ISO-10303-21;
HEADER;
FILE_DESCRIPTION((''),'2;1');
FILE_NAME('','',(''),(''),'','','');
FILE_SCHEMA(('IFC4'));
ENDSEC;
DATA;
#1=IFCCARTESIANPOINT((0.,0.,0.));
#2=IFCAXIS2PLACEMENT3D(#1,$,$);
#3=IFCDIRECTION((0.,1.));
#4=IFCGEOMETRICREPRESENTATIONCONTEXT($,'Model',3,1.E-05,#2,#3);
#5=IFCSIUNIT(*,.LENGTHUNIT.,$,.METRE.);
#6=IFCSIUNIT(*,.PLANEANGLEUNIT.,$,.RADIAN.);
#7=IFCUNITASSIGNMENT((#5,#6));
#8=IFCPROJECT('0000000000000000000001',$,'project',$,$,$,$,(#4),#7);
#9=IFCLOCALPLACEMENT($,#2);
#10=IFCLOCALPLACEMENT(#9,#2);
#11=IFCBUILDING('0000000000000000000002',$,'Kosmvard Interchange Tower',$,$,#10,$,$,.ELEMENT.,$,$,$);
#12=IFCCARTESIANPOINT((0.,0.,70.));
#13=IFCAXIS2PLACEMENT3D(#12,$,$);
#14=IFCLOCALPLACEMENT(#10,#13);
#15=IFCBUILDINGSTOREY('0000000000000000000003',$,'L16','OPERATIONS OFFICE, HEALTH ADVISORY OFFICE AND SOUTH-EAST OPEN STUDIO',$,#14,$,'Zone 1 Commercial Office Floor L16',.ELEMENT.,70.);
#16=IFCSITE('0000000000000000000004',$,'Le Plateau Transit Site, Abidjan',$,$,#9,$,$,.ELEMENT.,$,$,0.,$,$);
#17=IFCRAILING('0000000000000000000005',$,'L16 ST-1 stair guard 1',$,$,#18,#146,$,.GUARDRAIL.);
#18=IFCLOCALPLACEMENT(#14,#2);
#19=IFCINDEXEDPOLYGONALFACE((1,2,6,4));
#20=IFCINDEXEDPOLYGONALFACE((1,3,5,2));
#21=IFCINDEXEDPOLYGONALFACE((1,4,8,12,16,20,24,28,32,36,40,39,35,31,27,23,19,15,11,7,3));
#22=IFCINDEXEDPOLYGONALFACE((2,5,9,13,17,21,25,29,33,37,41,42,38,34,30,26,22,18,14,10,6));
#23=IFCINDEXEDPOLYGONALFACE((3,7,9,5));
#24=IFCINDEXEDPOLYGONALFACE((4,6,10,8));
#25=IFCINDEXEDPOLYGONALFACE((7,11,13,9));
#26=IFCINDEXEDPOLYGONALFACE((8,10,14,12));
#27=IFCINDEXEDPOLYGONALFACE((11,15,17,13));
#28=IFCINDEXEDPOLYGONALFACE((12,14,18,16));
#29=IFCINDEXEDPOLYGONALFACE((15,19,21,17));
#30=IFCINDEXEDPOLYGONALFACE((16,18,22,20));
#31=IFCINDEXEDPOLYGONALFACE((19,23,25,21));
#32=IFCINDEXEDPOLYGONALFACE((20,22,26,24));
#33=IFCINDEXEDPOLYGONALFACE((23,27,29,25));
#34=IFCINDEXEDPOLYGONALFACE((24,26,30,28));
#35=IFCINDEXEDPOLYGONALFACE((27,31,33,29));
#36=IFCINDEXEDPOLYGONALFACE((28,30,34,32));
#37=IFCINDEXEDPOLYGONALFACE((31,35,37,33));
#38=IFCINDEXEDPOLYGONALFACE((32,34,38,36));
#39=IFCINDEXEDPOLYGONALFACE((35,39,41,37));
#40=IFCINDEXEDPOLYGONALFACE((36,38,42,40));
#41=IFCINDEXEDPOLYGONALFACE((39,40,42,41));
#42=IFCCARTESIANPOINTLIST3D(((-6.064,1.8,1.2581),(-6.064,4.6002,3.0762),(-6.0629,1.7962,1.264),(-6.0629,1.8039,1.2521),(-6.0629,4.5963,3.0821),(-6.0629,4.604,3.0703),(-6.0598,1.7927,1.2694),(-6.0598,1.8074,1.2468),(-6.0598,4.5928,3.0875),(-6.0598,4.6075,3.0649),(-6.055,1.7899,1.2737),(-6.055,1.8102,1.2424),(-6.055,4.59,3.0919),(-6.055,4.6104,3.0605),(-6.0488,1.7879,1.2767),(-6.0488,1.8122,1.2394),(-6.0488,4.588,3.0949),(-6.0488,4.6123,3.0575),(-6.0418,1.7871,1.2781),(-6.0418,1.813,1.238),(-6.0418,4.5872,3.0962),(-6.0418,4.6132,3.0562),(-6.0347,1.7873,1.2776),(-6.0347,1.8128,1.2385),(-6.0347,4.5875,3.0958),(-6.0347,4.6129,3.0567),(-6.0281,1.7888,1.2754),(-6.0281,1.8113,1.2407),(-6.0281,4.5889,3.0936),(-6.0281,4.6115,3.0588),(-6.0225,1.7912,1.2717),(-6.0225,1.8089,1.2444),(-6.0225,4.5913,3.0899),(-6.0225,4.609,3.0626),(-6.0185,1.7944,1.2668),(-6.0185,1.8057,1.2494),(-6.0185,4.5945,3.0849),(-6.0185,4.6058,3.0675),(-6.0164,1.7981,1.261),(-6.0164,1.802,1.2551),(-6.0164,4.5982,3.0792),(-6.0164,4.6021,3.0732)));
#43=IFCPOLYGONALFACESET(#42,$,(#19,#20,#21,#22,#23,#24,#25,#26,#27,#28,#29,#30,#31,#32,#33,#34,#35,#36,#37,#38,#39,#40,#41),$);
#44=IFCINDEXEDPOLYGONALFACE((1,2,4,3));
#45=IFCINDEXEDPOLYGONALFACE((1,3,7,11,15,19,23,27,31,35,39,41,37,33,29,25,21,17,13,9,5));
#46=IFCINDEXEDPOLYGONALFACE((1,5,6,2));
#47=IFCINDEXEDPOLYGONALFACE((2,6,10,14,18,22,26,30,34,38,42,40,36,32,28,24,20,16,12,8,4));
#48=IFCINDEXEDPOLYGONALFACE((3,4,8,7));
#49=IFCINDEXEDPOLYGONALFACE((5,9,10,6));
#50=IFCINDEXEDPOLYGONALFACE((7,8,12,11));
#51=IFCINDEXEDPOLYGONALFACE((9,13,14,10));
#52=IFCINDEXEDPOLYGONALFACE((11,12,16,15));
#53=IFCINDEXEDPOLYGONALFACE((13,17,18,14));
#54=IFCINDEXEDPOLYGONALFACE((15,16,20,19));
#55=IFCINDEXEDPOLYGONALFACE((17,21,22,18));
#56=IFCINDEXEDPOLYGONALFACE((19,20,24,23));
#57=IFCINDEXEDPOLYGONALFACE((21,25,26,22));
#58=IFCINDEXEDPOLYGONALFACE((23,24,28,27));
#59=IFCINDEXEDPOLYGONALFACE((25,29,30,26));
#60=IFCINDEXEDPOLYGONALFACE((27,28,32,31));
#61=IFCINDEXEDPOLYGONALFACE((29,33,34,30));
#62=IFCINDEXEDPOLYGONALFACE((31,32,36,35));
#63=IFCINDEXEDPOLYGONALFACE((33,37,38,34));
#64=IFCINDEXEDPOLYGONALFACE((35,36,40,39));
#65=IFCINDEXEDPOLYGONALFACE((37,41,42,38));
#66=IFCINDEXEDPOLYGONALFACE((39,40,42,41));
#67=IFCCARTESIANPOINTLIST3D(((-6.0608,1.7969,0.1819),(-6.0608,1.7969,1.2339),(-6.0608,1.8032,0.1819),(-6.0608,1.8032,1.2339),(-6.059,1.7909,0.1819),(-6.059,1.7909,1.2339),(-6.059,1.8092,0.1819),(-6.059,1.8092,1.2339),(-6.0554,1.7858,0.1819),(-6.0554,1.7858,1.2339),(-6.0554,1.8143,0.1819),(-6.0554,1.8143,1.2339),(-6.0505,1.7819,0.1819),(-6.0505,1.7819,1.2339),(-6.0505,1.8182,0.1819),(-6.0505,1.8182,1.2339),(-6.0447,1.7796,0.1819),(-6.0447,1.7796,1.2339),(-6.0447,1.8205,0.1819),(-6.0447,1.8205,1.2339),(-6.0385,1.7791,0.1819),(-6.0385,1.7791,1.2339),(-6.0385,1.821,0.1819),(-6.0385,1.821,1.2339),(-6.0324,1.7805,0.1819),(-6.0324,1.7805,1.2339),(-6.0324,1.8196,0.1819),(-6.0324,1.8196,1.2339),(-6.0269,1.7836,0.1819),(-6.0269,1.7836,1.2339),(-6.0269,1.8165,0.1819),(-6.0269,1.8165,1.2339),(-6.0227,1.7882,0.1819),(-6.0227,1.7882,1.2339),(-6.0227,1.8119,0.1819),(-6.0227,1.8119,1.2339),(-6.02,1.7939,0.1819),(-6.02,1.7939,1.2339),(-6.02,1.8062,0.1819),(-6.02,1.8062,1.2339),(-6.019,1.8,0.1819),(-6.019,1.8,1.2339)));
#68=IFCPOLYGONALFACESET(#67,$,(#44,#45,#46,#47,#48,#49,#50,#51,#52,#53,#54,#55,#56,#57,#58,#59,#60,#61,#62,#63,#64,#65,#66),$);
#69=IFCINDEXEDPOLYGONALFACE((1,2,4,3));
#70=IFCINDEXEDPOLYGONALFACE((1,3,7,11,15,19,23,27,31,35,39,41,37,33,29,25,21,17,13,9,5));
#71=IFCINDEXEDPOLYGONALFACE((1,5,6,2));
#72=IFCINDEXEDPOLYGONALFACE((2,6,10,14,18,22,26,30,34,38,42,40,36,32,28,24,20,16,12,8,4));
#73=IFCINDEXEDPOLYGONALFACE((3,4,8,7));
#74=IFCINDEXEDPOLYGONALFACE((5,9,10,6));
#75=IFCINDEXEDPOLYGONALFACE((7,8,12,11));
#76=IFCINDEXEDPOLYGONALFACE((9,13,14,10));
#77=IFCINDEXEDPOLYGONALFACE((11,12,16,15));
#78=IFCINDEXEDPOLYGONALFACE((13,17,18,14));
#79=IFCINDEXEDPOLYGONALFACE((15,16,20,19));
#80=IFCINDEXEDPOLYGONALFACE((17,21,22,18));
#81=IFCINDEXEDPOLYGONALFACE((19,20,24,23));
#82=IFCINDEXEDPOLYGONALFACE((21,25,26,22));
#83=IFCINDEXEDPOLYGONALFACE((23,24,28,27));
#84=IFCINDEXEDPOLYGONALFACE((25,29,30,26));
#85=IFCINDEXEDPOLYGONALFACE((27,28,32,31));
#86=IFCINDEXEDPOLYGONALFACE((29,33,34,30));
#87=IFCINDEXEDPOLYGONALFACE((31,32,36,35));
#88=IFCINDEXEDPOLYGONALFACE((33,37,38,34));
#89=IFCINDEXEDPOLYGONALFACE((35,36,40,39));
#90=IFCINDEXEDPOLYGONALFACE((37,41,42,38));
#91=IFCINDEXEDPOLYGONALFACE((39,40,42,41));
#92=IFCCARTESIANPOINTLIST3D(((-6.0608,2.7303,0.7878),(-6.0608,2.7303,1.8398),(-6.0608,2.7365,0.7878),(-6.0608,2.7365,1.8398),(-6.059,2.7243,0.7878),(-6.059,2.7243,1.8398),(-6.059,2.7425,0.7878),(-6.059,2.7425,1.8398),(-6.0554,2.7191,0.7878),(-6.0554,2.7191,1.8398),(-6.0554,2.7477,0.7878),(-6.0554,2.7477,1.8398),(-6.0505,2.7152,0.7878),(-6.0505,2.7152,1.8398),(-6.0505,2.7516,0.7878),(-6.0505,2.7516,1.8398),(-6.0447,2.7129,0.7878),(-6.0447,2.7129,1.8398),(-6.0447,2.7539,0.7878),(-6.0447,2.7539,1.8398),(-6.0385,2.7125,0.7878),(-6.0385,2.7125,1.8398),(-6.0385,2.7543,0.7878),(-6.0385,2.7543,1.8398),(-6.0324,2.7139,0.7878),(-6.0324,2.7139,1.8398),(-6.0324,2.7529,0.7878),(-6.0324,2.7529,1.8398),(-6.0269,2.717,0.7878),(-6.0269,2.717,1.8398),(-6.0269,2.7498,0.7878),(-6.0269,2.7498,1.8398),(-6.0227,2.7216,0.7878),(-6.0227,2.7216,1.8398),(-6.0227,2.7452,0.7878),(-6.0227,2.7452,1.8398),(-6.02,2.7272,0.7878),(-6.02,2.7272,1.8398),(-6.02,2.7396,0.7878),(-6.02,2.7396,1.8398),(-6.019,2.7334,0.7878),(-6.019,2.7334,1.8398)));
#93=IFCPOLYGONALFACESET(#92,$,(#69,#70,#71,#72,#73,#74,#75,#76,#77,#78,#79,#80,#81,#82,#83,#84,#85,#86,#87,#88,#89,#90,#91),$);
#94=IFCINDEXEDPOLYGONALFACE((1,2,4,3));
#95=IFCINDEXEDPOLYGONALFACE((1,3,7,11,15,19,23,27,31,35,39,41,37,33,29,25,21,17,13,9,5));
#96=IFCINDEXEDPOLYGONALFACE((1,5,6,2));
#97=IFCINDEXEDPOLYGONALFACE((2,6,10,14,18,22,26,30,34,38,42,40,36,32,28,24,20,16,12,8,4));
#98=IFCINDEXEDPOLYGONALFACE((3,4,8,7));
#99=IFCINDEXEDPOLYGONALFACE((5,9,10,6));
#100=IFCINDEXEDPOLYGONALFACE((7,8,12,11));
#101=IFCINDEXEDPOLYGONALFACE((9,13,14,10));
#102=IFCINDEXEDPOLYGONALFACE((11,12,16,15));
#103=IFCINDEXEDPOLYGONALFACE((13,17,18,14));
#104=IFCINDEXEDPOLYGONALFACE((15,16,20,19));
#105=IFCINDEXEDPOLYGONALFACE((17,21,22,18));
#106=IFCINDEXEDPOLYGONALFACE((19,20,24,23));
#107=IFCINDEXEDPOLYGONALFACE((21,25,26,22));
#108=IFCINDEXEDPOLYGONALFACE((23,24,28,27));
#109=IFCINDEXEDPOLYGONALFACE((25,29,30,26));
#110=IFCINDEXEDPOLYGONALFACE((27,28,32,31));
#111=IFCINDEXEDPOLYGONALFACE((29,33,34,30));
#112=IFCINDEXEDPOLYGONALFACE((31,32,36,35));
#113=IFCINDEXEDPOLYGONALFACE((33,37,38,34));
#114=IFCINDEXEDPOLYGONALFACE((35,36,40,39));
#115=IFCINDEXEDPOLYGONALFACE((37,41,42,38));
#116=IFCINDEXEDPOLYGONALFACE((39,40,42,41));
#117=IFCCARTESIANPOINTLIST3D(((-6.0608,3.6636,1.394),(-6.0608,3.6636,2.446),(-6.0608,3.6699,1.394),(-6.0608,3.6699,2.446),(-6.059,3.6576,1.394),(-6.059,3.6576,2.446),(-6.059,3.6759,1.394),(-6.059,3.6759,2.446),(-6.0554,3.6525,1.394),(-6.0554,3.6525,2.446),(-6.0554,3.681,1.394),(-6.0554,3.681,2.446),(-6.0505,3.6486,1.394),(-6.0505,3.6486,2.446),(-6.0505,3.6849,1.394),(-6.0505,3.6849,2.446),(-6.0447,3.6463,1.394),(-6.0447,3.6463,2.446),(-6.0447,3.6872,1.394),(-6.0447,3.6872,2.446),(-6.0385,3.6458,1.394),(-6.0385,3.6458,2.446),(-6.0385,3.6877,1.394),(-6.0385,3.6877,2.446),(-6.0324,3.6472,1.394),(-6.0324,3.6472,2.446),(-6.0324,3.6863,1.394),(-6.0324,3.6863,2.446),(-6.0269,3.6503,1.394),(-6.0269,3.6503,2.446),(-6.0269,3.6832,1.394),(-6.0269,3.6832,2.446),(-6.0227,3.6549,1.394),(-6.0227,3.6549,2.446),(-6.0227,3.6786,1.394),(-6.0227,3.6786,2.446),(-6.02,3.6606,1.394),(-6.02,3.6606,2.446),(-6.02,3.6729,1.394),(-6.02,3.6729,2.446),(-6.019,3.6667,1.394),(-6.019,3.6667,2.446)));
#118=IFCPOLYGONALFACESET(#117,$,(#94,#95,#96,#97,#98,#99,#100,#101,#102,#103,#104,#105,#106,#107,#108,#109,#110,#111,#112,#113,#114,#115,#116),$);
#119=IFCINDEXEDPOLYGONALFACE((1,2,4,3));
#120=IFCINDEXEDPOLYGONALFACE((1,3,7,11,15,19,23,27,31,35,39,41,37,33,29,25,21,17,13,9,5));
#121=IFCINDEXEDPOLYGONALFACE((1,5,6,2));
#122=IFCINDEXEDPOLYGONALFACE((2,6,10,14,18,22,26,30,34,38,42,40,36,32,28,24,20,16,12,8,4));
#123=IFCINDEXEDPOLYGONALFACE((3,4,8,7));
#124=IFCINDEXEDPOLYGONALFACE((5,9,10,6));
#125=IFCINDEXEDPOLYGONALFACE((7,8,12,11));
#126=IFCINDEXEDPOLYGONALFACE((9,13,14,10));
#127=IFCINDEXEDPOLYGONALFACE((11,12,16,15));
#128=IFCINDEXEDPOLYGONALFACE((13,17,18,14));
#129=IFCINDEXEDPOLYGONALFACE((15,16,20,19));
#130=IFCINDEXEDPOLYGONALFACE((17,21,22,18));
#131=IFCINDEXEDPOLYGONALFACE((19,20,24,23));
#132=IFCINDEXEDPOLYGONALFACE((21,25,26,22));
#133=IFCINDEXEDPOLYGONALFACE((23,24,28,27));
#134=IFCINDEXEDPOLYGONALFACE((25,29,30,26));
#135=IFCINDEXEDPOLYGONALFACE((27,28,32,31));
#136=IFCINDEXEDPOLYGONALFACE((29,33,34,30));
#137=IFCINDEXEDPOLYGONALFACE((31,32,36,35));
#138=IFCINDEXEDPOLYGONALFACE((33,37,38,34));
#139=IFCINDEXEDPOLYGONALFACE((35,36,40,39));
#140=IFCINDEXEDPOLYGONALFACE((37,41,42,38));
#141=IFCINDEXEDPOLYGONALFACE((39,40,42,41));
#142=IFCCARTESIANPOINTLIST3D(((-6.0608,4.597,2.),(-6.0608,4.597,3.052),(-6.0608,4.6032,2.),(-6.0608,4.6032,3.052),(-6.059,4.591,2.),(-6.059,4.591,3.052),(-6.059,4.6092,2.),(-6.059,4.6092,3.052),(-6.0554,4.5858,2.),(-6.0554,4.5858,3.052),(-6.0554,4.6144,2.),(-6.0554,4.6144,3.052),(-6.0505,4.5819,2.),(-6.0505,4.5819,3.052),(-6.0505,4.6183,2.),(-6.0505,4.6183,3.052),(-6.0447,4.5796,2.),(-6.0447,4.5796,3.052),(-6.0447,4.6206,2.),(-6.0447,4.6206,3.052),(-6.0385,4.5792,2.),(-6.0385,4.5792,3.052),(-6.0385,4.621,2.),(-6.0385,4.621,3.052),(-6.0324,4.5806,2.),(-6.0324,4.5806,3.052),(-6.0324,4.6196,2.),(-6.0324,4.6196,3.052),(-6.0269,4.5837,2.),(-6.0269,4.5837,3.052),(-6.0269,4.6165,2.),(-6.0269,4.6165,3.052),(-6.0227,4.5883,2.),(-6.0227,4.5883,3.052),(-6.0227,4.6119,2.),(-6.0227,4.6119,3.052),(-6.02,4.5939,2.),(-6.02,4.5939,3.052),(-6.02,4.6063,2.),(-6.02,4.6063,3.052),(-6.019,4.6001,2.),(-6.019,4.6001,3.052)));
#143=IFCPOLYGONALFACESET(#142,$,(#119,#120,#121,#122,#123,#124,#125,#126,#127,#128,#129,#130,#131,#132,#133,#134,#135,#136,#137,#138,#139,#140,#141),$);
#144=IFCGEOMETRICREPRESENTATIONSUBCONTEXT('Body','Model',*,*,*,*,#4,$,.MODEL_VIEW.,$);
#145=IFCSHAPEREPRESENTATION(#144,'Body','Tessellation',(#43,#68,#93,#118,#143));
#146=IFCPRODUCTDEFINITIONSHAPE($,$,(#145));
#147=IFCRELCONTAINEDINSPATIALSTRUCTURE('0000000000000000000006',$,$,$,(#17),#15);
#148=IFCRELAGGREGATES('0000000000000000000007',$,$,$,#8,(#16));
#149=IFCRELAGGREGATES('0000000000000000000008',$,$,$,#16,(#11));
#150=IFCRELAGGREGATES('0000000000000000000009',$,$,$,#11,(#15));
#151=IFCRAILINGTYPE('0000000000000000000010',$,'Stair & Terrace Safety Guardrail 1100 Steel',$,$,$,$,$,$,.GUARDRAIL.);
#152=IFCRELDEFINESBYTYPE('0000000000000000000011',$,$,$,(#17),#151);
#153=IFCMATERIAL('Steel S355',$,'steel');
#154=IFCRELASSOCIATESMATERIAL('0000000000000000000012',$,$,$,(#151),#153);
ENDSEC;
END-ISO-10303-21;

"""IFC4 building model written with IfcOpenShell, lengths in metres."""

from ifc_helpers import new_model, si_unit, direction, frame, origin, origin_2d, place, context, subcontext, project, spatial, circle, extrude, source, transform, mapped, material, type_object, element, save


model = new_model("IFC4")

# Units and contexts
model_context = context("Model", 3, precision=1e-05, world=origin(), true_north=direction((0.0, 1.0)))
body_context = subcontext(model_context, "Body", "Model", "MODEL_VIEW")
ifc_project = project(units=[si_unit("LENGTHUNIT", "METRE"), si_unit("PLANEANGLEUNIT", "RADIAN")], contexts=[model_context])

# Site, building, storey
site_placement = place(None, origin())
site = spatial("IfcSite", under=ifc_project, at=site_placement, Name="Le Plateau Transit Site, Abidjan", CompositionType="ELEMENT", RefElevation=0.0)
building_placement = place(site_placement, origin())
building = spatial("IfcBuilding", under=site, at=building_placement, Name="Kosmvard Interchange Tower", CompositionType="ELEMENT")
storey_placement = place(building_placement, frame((0.0, 0.0, 70.0)))
storey = spatial("IfcBuildingStorey", under=building, at=storey_placement, Name="L16", Description="OPERATIONS OFFICE, HEALTH ADVISORY OFFICE AND SOUTH-EAST OPEN STUDIO", LongName="Zone 1 Commercial Office Floor L16", CompositionType="ELEMENT", Elevation=70.0)

# Shared definitions
ifc_material_1 = material(Name="Steel S355", Category="steel")

# Railing
railing_type_1 = type_object("IfcRailingType", Name="Stair & Terrace Safety Guardrail 1100 Steel", PredefinedType="GUARDRAIL", material=ifc_material_1)
shared_shape_1 = source(origin(), body_context, "Body", "SweptSolid", [
    extrude(circle(Radius=0.0239, at=origin_2d()), frame((0.0, 0.0, 1.0762), z_axis=(0.0, 0.838706, 0.544585), x_axis=(-1.0, 0.0, 0.0)), (0.0, 0.0, 1.0), 3.3386),
    extrude(circle(Radius=0.021, at=origin_2d()), origin(), (0.0, 0.0, 1.0), 1.052),
    extrude(circle(Radius=0.021, at=origin_2d()), frame((0.0, 0.9333, 0.606)), (0.0, 0.0, 1.0), 1.052),
    extrude(circle(Radius=0.021, at=origin_2d()), frame((0.0, 1.8667, 1.2122)), (0.0, 0.0, 1.0), 1.052),
    extrude(circle(Radius=0.021, at=origin_2d()), frame((0.0, 2.8, 1.8181)), (0.0, 0.0, 1.0), 1.052),
])
railing_1_placement = place(storey_placement, frame((-6.04, 1.8, 0.1819)))
element("IfcRailing", 1, at=railing_1_placement, inside=storey, type_object=railing_type_1, Name="L16 ST-1 stair guard 1", PredefinedType="GUARDRAIL", context=body_context, shape_type="MappedRepresentation", body=[
    mapped(shared_shape_1, transform((0.0, 0.0, 0.0), scale=1.0)),
])

save(model, "model.ifc")
